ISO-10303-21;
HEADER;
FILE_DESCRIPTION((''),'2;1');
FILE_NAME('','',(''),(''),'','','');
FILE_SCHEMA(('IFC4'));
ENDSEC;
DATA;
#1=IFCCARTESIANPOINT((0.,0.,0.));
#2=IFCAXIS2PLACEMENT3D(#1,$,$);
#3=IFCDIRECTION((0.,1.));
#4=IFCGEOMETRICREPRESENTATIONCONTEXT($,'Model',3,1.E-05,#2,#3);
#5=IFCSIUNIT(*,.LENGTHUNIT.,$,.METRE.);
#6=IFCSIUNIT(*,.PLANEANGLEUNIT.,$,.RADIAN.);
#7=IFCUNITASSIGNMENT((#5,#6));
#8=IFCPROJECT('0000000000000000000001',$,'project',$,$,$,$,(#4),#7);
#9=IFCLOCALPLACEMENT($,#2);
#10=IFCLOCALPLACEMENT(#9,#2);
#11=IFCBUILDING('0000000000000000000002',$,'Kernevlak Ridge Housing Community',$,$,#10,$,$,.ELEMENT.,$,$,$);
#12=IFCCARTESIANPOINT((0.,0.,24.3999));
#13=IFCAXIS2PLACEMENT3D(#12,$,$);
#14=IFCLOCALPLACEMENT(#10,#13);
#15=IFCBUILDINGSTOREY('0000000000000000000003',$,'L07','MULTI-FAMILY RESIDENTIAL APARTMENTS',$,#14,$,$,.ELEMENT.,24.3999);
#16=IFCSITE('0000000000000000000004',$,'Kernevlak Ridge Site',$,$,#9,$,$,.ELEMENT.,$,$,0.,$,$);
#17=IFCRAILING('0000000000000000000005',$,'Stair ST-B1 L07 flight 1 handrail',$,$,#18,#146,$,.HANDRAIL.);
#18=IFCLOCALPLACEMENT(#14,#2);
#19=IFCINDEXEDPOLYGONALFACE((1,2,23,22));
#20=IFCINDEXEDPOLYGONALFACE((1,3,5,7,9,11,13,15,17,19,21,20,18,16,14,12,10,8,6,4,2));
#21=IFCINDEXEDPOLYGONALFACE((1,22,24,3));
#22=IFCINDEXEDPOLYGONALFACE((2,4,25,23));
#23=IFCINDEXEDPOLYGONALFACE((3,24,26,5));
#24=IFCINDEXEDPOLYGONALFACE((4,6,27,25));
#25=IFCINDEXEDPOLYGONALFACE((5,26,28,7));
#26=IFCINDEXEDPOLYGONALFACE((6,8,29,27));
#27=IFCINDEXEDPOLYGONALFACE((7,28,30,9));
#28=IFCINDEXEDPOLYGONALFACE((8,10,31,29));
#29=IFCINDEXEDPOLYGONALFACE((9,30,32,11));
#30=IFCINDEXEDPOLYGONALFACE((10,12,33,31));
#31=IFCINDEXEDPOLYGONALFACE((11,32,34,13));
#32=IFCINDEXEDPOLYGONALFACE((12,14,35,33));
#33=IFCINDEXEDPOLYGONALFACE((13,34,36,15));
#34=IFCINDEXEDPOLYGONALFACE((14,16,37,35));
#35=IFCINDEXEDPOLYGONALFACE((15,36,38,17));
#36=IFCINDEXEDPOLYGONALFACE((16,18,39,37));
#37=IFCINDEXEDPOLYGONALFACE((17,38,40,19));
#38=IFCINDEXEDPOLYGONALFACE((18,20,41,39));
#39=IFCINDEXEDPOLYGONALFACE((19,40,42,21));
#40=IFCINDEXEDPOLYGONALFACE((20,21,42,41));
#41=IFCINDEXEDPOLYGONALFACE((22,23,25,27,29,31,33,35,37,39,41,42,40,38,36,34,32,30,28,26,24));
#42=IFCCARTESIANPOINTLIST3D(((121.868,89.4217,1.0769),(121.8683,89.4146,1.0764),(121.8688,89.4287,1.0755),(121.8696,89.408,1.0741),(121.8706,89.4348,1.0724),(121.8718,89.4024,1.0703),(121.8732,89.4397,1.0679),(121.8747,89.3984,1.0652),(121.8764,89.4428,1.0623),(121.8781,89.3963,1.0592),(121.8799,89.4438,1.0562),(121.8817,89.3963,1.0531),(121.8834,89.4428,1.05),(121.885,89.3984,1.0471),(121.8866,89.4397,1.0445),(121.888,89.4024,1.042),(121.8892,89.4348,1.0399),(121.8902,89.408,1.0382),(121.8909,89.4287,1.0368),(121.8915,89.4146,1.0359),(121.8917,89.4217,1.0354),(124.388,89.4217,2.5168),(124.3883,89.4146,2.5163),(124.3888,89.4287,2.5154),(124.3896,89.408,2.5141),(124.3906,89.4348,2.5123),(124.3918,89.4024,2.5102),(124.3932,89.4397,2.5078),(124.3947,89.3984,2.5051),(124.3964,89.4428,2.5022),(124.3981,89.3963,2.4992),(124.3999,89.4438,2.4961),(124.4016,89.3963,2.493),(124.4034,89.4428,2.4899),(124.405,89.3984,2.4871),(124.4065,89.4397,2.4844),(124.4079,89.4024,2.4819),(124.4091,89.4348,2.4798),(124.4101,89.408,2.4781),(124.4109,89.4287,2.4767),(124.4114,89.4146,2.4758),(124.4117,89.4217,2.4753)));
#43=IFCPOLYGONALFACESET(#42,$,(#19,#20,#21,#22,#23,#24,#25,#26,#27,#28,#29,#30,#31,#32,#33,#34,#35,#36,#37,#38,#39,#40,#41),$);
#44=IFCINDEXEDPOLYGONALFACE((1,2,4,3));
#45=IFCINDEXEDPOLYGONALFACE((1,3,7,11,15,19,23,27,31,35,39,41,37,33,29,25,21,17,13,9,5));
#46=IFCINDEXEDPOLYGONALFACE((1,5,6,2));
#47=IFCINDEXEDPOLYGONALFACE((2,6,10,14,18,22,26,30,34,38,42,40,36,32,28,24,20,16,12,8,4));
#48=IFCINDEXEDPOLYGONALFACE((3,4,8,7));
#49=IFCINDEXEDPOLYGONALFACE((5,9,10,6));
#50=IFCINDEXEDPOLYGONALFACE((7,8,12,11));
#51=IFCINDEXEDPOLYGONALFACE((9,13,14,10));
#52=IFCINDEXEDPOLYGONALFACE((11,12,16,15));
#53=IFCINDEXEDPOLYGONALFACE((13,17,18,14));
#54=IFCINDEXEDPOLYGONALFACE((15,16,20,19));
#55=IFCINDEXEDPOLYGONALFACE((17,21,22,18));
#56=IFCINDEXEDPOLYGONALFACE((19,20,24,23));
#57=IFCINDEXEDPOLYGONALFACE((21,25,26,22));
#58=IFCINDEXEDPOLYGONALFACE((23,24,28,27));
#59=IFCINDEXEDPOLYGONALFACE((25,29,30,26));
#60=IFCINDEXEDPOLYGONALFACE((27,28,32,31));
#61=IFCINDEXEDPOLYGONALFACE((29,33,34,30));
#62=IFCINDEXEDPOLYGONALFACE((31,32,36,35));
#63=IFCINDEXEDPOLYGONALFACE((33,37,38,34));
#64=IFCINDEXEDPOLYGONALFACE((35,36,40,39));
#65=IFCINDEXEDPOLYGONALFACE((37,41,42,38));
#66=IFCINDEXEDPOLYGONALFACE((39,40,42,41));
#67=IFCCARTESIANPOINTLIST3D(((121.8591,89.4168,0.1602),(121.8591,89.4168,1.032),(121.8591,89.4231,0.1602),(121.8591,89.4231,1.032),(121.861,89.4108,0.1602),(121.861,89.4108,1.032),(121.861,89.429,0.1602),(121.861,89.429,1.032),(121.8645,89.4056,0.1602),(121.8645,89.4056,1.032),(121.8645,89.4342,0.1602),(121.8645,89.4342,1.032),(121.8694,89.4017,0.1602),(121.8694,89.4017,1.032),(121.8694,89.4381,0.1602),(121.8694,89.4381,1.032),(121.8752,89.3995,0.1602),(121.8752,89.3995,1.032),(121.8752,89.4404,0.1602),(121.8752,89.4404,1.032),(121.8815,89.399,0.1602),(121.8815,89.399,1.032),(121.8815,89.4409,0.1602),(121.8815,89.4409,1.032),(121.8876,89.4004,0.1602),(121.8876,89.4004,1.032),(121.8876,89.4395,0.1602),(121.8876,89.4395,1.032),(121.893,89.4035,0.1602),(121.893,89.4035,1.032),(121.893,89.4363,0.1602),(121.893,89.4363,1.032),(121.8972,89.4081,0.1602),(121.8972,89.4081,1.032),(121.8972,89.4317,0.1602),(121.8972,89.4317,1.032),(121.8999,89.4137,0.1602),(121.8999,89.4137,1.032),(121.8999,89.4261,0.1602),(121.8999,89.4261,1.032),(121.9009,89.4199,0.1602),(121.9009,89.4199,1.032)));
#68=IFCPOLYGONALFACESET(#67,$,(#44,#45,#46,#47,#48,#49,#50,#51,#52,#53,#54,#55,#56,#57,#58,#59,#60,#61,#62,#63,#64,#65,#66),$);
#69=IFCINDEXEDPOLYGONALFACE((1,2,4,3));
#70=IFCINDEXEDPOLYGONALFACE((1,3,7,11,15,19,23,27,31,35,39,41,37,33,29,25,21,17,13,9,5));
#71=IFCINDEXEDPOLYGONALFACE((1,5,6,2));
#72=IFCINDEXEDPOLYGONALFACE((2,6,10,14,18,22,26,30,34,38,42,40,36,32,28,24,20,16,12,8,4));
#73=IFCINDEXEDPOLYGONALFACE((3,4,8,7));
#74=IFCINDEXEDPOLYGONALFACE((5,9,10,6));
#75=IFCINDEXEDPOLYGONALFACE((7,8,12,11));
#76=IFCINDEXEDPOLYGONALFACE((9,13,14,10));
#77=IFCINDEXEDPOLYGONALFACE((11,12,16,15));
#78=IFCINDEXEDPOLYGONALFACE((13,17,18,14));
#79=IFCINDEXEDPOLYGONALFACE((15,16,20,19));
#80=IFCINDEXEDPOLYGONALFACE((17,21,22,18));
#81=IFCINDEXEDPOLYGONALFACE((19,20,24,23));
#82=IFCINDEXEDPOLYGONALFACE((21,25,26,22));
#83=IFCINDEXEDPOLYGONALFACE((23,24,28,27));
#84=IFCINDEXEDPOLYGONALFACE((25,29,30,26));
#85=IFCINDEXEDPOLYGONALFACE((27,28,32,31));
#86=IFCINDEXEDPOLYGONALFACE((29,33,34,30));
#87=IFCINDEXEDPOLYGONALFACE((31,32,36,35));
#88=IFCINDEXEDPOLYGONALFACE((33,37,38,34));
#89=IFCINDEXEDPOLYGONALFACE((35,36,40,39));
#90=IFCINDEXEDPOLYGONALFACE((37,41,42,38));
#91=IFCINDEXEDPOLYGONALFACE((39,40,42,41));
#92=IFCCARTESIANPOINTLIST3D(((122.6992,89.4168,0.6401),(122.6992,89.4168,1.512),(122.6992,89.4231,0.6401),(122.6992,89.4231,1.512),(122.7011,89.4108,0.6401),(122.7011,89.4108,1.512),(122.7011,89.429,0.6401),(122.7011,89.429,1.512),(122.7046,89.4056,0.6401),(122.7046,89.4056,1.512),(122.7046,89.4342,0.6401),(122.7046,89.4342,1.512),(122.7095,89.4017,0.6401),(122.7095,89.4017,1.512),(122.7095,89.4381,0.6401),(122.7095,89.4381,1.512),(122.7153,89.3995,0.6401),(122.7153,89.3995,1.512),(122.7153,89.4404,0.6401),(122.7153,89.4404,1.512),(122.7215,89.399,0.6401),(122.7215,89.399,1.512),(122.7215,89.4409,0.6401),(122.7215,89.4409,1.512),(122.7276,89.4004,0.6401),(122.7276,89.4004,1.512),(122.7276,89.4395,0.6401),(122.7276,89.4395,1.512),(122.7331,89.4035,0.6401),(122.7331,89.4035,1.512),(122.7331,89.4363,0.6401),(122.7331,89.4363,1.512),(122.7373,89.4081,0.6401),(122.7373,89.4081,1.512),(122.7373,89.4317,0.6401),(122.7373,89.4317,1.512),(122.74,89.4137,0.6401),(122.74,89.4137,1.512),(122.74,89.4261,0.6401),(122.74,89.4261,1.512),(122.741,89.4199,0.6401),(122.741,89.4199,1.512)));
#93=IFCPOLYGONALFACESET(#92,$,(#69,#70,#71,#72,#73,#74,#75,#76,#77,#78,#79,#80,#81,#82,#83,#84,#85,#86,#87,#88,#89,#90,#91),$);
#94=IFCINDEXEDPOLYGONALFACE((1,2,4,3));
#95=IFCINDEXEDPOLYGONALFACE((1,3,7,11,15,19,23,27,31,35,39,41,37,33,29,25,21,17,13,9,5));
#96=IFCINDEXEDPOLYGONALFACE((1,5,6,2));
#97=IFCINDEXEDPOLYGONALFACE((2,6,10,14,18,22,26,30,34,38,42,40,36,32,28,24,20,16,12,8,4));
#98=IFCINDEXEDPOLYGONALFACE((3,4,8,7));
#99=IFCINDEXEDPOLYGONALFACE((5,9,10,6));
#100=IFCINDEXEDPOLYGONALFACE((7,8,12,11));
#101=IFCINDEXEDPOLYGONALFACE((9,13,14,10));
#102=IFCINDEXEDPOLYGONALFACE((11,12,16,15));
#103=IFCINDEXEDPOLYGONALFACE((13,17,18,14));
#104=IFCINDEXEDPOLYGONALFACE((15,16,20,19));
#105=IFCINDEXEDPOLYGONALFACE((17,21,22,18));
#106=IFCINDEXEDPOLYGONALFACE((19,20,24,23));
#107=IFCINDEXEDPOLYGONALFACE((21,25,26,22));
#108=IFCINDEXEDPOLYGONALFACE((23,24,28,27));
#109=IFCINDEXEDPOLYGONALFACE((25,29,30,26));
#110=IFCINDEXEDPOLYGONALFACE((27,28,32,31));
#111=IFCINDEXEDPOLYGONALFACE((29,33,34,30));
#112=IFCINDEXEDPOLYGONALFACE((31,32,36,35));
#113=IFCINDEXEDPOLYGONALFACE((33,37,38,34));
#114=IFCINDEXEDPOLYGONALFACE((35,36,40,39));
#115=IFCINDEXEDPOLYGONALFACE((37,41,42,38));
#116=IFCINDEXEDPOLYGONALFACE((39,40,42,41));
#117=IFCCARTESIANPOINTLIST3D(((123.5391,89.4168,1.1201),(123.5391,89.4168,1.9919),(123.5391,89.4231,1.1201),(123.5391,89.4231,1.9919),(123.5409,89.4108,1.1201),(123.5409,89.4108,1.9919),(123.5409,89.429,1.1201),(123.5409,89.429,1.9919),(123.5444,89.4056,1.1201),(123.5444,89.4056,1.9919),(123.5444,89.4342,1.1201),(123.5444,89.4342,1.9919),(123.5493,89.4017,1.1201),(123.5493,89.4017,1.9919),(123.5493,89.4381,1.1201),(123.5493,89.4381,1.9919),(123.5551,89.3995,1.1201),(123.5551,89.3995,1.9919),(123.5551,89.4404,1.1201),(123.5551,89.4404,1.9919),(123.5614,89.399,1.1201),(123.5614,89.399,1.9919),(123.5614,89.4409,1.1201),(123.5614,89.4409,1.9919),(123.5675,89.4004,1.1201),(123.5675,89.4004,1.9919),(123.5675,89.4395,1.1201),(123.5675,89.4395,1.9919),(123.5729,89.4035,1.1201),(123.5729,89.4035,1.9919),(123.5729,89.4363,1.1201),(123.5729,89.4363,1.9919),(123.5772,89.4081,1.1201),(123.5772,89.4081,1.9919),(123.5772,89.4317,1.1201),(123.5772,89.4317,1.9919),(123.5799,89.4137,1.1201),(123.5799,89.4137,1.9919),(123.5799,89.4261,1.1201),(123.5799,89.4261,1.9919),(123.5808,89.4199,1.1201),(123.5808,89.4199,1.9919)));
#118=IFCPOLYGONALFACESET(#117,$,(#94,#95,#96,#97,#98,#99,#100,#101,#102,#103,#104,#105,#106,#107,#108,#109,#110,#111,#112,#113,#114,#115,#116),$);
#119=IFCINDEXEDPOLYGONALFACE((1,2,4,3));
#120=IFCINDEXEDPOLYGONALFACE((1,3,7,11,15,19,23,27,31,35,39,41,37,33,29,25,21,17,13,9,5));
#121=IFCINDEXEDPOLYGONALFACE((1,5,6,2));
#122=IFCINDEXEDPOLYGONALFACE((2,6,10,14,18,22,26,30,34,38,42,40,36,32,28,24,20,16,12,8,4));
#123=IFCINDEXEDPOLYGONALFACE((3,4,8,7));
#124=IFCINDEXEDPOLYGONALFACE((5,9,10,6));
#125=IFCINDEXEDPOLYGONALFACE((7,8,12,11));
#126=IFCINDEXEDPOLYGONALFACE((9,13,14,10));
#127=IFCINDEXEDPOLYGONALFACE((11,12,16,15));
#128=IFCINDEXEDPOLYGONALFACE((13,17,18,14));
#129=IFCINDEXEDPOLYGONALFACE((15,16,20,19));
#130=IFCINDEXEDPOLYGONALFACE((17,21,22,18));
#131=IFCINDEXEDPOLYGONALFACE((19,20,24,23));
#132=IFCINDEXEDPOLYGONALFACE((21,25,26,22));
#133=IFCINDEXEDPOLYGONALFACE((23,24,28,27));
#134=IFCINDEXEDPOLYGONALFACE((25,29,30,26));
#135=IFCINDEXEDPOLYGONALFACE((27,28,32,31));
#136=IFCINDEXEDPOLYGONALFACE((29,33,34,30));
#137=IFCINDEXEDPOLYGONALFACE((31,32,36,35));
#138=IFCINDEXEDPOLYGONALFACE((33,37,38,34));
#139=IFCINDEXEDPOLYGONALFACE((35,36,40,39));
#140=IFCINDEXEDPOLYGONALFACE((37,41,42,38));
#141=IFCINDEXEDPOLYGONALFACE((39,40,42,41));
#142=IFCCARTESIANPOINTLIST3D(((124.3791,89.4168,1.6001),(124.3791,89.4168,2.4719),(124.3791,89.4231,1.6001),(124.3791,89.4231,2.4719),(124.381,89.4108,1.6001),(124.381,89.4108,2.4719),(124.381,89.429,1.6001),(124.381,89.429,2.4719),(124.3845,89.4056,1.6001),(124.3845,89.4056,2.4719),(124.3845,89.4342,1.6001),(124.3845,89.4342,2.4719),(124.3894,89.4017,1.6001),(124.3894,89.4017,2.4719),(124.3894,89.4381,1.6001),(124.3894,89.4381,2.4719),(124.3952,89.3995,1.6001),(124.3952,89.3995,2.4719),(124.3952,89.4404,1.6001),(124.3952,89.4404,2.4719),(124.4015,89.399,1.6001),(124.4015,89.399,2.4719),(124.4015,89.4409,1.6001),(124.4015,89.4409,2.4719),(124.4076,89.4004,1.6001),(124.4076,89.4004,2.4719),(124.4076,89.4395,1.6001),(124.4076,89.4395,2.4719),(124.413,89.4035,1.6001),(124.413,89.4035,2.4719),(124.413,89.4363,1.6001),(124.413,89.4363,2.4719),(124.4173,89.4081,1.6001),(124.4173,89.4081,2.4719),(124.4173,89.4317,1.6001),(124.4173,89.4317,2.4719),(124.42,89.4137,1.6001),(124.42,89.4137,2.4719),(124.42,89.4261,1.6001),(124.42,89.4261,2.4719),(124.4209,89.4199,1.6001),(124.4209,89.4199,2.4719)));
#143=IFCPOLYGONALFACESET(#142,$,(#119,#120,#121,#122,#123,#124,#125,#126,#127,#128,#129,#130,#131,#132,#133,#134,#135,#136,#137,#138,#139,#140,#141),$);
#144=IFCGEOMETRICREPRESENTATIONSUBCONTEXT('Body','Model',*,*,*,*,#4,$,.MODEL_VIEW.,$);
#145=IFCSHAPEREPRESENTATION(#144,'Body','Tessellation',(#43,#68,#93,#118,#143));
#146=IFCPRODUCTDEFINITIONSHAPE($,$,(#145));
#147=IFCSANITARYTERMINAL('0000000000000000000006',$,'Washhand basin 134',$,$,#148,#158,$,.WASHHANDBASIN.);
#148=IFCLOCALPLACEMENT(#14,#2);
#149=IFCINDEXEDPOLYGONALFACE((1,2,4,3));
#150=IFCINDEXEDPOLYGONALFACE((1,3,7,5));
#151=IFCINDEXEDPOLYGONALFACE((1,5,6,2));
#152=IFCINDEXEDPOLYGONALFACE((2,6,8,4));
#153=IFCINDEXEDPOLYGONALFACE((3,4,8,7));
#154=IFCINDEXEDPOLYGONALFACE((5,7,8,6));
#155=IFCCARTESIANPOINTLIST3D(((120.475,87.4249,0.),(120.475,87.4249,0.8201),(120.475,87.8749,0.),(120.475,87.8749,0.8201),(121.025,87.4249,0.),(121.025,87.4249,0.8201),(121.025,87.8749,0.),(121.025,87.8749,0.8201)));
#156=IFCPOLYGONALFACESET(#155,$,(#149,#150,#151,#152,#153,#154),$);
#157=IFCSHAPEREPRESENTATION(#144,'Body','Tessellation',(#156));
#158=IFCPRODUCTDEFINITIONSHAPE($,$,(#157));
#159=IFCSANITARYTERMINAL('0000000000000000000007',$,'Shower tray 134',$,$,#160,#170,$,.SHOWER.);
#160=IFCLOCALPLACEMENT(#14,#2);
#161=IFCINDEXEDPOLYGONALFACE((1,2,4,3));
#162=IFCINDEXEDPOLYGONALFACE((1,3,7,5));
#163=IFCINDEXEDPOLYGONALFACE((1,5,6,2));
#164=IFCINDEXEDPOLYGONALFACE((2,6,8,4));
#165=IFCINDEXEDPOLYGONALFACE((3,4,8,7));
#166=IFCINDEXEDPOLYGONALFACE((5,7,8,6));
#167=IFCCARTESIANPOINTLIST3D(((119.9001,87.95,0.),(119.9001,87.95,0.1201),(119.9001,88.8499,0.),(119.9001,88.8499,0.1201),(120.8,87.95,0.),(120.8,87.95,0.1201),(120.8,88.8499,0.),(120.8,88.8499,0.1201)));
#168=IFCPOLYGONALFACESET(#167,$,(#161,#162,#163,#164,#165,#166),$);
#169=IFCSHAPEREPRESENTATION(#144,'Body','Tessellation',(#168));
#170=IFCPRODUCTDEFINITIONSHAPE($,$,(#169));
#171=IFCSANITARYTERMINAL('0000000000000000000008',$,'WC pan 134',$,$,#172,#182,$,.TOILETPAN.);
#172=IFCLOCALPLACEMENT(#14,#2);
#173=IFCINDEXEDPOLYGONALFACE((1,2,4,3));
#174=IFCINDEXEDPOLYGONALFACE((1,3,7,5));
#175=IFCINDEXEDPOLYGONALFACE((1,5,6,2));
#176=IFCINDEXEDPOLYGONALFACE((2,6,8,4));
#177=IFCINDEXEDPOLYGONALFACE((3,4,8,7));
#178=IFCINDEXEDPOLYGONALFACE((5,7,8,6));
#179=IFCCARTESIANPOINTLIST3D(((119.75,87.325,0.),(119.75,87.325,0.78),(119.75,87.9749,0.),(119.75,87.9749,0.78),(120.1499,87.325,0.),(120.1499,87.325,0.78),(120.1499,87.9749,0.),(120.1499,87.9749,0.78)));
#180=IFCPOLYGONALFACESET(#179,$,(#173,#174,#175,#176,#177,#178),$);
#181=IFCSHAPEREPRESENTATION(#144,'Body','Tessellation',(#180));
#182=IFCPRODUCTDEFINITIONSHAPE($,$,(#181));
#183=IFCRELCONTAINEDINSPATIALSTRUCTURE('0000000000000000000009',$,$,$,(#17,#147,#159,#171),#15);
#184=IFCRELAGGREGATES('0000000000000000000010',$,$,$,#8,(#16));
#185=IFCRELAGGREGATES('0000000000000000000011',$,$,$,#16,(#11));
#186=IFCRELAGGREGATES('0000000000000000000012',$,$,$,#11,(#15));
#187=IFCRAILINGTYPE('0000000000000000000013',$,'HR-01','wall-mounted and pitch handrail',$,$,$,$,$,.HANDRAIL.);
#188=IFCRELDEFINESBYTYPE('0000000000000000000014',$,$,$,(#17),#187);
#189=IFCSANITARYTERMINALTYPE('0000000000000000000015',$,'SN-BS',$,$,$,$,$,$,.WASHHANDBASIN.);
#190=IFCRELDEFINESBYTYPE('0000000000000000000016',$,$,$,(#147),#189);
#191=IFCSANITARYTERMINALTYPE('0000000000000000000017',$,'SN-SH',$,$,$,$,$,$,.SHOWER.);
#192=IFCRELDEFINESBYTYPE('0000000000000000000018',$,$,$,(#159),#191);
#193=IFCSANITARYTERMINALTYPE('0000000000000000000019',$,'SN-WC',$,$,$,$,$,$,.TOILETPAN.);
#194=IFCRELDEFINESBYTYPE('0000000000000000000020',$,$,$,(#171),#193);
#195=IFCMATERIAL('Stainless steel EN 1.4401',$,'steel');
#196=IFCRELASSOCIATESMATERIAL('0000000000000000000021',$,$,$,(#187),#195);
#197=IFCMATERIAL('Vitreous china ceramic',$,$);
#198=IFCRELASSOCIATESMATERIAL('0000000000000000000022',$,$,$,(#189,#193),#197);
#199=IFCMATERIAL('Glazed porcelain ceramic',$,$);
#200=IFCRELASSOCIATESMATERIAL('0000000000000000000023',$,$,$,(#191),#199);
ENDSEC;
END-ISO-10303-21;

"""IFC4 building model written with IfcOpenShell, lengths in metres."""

from ifc_helpers import new_model, si_unit, direction, frame, origin, origin_2d, place, context, subcontext, project, spatial, rectangle, circle, extrude, material, type_object, element, save


model = new_model("IFC4")

# Units and contexts
model_context = context("Model", 3, precision=1e-05, world=origin(), true_north=direction((0.0, 1.0)))
body_context = subcontext(model_context, "Body", "Model", "MODEL_VIEW")
ifc_project = project(units=[si_unit("LENGTHUNIT", "METRE"), si_unit("PLANEANGLEUNIT", "RADIAN")], contexts=[model_context])

# Site, building, storey
site_placement = place(None, origin())
site = spatial("IfcSite", under=ifc_project, at=site_placement, Name="Kernevlak Ridge Site", CompositionType="ELEMENT", RefElevation=0.0)
building_placement = place(site_placement, origin())
building = spatial("IfcBuilding", under=site, at=building_placement, Name="Kernevlak Ridge Housing Community", CompositionType="ELEMENT")
storey_placement = place(building_placement, frame((0.0, 0.0, 24.3999)))
storey = spatial("IfcBuildingStorey", under=building, at=storey_placement, Name="L07", Description="MULTI-FAMILY RESIDENTIAL APARTMENTS", CompositionType="ELEMENT", Elevation=24.3999)

# Railing
ifc_material_1 = material(Name="Stainless steel EN 1.4401", Category="steel")
railing_type_1 = type_object("IfcRailingType", Name="HR-01", Description="wall-mounted and pitch handrail", PredefinedType="HANDRAIL", material=ifc_material_1)
railing_1_placement = place(storey_placement, frame((121.8799, 89.4199, 0.1602)))
element("IfcRailing", 1, at=railing_1_placement, inside=storey, type_object=railing_type_1, Name="Stair ST-B1 L07 flight 1 handrail", PredefinedType="HANDRAIL", context=body_context, shape_type="SweptSolid", body=[
    extrude(circle(Radius=0.0239, at=origin_2d()), frame((0.0, 0.0, 0.896), z_axis=(0.868253, 0.0, 0.496121), x_axis=(0.0, 1.0, 0.0)), (0.0, 0.0, 1.0), 2.9023),
    extrude(circle(Radius=0.021, at=origin_2d()), origin(), (0.0, 0.0, 1.0), 0.8718),
    extrude(circle(Radius=0.021, at=origin_2d()), frame((0.8401, 0.0, 0.48)), (0.0, 0.0, 1.0), 0.8718),
    extrude(circle(Radius=0.021, at=origin_2d()), frame((1.6799, 0.0, 0.96)), (0.0, 0.0, 1.0), 0.8718),
    extrude(circle(Radius=0.021, at=origin_2d()), frame((2.52, 0.0, 1.4399)), (0.0, 0.0, 1.0), 0.8718),
])

# Sanitary terminals
ifc_material_2 = material(Name="Vitreous china ceramic")
sanitary_terminal_type_1 = type_object("IfcSanitaryTerminalType", Name="SN-BS", PredefinedType="WASHHANDBASIN", material=ifc_material_2)
sanitary_terminal_1_placement = place(storey_placement, frame((120.75, 87.6499, 0.0), z_axis=(0.0, 0.0, 1.0), x_axis=(1.0, 0.0, 0.0)))
element("IfcSanitaryTerminal", 2, at=sanitary_terminal_1_placement, inside=storey, type_object=sanitary_terminal_type_1, Name="Washhand basin 134", PredefinedType="WASHHANDBASIN", context=body_context, shape_type="SweptSolid", body=[
    extrude(rectangle(XDim=0.55, YDim=0.45, at=origin_2d()), origin(), (0.0, 0.0, 1.0), 0.8201),
])
ifc_material_3 = material(Name="Glazed porcelain ceramic")
sanitary_terminal_type_2 = type_object("IfcSanitaryTerminalType", Name="SN-SH", PredefinedType="SHOWER", material=ifc_material_3)
sanitary_terminal_2_placement = place(storey_placement, frame((120.3501, 88.3999, 0.0), z_axis=(0.0, 0.0, 1.0), x_axis=(1.0, 0.0, 0.0)))
element("IfcSanitaryTerminal", 3, at=sanitary_terminal_2_placement, inside=storey, type_object=sanitary_terminal_type_2, Name="Shower tray 134", PredefinedType="SHOWER", context=body_context, shape_type="SweptSolid", body=[
    extrude(rectangle(XDim=0.8999, YDim=0.8999, at=origin_2d()), origin(), (0.0, 0.0, 1.0), 0.1201),
])
sanitary_terminal_type_3 = type_object("IfcSanitaryTerminalType", Name="SN-WC", PredefinedType="TOILETPAN", material=ifc_material_2)
sanitary_terminal_3_placement = place(storey_placement, frame((119.95, 87.6499, 0.0), z_axis=(0.0, 0.0, 1.0), x_axis=(1.0, 0.0, 0.0)))
element("IfcSanitaryTerminal", 4, at=sanitary_terminal_3_placement, inside=storey, type_object=sanitary_terminal_type_3, Name="WC pan 134", PredefinedType="TOILETPAN", context=body_context, shape_type="SweptSolid", body=[
    extrude(rectangle(XDim=0.3999, YDim=0.6499, at=origin_2d()), origin(), (0.0, 0.0, 1.0), 0.78),
])

save(model, "model.ifc")
